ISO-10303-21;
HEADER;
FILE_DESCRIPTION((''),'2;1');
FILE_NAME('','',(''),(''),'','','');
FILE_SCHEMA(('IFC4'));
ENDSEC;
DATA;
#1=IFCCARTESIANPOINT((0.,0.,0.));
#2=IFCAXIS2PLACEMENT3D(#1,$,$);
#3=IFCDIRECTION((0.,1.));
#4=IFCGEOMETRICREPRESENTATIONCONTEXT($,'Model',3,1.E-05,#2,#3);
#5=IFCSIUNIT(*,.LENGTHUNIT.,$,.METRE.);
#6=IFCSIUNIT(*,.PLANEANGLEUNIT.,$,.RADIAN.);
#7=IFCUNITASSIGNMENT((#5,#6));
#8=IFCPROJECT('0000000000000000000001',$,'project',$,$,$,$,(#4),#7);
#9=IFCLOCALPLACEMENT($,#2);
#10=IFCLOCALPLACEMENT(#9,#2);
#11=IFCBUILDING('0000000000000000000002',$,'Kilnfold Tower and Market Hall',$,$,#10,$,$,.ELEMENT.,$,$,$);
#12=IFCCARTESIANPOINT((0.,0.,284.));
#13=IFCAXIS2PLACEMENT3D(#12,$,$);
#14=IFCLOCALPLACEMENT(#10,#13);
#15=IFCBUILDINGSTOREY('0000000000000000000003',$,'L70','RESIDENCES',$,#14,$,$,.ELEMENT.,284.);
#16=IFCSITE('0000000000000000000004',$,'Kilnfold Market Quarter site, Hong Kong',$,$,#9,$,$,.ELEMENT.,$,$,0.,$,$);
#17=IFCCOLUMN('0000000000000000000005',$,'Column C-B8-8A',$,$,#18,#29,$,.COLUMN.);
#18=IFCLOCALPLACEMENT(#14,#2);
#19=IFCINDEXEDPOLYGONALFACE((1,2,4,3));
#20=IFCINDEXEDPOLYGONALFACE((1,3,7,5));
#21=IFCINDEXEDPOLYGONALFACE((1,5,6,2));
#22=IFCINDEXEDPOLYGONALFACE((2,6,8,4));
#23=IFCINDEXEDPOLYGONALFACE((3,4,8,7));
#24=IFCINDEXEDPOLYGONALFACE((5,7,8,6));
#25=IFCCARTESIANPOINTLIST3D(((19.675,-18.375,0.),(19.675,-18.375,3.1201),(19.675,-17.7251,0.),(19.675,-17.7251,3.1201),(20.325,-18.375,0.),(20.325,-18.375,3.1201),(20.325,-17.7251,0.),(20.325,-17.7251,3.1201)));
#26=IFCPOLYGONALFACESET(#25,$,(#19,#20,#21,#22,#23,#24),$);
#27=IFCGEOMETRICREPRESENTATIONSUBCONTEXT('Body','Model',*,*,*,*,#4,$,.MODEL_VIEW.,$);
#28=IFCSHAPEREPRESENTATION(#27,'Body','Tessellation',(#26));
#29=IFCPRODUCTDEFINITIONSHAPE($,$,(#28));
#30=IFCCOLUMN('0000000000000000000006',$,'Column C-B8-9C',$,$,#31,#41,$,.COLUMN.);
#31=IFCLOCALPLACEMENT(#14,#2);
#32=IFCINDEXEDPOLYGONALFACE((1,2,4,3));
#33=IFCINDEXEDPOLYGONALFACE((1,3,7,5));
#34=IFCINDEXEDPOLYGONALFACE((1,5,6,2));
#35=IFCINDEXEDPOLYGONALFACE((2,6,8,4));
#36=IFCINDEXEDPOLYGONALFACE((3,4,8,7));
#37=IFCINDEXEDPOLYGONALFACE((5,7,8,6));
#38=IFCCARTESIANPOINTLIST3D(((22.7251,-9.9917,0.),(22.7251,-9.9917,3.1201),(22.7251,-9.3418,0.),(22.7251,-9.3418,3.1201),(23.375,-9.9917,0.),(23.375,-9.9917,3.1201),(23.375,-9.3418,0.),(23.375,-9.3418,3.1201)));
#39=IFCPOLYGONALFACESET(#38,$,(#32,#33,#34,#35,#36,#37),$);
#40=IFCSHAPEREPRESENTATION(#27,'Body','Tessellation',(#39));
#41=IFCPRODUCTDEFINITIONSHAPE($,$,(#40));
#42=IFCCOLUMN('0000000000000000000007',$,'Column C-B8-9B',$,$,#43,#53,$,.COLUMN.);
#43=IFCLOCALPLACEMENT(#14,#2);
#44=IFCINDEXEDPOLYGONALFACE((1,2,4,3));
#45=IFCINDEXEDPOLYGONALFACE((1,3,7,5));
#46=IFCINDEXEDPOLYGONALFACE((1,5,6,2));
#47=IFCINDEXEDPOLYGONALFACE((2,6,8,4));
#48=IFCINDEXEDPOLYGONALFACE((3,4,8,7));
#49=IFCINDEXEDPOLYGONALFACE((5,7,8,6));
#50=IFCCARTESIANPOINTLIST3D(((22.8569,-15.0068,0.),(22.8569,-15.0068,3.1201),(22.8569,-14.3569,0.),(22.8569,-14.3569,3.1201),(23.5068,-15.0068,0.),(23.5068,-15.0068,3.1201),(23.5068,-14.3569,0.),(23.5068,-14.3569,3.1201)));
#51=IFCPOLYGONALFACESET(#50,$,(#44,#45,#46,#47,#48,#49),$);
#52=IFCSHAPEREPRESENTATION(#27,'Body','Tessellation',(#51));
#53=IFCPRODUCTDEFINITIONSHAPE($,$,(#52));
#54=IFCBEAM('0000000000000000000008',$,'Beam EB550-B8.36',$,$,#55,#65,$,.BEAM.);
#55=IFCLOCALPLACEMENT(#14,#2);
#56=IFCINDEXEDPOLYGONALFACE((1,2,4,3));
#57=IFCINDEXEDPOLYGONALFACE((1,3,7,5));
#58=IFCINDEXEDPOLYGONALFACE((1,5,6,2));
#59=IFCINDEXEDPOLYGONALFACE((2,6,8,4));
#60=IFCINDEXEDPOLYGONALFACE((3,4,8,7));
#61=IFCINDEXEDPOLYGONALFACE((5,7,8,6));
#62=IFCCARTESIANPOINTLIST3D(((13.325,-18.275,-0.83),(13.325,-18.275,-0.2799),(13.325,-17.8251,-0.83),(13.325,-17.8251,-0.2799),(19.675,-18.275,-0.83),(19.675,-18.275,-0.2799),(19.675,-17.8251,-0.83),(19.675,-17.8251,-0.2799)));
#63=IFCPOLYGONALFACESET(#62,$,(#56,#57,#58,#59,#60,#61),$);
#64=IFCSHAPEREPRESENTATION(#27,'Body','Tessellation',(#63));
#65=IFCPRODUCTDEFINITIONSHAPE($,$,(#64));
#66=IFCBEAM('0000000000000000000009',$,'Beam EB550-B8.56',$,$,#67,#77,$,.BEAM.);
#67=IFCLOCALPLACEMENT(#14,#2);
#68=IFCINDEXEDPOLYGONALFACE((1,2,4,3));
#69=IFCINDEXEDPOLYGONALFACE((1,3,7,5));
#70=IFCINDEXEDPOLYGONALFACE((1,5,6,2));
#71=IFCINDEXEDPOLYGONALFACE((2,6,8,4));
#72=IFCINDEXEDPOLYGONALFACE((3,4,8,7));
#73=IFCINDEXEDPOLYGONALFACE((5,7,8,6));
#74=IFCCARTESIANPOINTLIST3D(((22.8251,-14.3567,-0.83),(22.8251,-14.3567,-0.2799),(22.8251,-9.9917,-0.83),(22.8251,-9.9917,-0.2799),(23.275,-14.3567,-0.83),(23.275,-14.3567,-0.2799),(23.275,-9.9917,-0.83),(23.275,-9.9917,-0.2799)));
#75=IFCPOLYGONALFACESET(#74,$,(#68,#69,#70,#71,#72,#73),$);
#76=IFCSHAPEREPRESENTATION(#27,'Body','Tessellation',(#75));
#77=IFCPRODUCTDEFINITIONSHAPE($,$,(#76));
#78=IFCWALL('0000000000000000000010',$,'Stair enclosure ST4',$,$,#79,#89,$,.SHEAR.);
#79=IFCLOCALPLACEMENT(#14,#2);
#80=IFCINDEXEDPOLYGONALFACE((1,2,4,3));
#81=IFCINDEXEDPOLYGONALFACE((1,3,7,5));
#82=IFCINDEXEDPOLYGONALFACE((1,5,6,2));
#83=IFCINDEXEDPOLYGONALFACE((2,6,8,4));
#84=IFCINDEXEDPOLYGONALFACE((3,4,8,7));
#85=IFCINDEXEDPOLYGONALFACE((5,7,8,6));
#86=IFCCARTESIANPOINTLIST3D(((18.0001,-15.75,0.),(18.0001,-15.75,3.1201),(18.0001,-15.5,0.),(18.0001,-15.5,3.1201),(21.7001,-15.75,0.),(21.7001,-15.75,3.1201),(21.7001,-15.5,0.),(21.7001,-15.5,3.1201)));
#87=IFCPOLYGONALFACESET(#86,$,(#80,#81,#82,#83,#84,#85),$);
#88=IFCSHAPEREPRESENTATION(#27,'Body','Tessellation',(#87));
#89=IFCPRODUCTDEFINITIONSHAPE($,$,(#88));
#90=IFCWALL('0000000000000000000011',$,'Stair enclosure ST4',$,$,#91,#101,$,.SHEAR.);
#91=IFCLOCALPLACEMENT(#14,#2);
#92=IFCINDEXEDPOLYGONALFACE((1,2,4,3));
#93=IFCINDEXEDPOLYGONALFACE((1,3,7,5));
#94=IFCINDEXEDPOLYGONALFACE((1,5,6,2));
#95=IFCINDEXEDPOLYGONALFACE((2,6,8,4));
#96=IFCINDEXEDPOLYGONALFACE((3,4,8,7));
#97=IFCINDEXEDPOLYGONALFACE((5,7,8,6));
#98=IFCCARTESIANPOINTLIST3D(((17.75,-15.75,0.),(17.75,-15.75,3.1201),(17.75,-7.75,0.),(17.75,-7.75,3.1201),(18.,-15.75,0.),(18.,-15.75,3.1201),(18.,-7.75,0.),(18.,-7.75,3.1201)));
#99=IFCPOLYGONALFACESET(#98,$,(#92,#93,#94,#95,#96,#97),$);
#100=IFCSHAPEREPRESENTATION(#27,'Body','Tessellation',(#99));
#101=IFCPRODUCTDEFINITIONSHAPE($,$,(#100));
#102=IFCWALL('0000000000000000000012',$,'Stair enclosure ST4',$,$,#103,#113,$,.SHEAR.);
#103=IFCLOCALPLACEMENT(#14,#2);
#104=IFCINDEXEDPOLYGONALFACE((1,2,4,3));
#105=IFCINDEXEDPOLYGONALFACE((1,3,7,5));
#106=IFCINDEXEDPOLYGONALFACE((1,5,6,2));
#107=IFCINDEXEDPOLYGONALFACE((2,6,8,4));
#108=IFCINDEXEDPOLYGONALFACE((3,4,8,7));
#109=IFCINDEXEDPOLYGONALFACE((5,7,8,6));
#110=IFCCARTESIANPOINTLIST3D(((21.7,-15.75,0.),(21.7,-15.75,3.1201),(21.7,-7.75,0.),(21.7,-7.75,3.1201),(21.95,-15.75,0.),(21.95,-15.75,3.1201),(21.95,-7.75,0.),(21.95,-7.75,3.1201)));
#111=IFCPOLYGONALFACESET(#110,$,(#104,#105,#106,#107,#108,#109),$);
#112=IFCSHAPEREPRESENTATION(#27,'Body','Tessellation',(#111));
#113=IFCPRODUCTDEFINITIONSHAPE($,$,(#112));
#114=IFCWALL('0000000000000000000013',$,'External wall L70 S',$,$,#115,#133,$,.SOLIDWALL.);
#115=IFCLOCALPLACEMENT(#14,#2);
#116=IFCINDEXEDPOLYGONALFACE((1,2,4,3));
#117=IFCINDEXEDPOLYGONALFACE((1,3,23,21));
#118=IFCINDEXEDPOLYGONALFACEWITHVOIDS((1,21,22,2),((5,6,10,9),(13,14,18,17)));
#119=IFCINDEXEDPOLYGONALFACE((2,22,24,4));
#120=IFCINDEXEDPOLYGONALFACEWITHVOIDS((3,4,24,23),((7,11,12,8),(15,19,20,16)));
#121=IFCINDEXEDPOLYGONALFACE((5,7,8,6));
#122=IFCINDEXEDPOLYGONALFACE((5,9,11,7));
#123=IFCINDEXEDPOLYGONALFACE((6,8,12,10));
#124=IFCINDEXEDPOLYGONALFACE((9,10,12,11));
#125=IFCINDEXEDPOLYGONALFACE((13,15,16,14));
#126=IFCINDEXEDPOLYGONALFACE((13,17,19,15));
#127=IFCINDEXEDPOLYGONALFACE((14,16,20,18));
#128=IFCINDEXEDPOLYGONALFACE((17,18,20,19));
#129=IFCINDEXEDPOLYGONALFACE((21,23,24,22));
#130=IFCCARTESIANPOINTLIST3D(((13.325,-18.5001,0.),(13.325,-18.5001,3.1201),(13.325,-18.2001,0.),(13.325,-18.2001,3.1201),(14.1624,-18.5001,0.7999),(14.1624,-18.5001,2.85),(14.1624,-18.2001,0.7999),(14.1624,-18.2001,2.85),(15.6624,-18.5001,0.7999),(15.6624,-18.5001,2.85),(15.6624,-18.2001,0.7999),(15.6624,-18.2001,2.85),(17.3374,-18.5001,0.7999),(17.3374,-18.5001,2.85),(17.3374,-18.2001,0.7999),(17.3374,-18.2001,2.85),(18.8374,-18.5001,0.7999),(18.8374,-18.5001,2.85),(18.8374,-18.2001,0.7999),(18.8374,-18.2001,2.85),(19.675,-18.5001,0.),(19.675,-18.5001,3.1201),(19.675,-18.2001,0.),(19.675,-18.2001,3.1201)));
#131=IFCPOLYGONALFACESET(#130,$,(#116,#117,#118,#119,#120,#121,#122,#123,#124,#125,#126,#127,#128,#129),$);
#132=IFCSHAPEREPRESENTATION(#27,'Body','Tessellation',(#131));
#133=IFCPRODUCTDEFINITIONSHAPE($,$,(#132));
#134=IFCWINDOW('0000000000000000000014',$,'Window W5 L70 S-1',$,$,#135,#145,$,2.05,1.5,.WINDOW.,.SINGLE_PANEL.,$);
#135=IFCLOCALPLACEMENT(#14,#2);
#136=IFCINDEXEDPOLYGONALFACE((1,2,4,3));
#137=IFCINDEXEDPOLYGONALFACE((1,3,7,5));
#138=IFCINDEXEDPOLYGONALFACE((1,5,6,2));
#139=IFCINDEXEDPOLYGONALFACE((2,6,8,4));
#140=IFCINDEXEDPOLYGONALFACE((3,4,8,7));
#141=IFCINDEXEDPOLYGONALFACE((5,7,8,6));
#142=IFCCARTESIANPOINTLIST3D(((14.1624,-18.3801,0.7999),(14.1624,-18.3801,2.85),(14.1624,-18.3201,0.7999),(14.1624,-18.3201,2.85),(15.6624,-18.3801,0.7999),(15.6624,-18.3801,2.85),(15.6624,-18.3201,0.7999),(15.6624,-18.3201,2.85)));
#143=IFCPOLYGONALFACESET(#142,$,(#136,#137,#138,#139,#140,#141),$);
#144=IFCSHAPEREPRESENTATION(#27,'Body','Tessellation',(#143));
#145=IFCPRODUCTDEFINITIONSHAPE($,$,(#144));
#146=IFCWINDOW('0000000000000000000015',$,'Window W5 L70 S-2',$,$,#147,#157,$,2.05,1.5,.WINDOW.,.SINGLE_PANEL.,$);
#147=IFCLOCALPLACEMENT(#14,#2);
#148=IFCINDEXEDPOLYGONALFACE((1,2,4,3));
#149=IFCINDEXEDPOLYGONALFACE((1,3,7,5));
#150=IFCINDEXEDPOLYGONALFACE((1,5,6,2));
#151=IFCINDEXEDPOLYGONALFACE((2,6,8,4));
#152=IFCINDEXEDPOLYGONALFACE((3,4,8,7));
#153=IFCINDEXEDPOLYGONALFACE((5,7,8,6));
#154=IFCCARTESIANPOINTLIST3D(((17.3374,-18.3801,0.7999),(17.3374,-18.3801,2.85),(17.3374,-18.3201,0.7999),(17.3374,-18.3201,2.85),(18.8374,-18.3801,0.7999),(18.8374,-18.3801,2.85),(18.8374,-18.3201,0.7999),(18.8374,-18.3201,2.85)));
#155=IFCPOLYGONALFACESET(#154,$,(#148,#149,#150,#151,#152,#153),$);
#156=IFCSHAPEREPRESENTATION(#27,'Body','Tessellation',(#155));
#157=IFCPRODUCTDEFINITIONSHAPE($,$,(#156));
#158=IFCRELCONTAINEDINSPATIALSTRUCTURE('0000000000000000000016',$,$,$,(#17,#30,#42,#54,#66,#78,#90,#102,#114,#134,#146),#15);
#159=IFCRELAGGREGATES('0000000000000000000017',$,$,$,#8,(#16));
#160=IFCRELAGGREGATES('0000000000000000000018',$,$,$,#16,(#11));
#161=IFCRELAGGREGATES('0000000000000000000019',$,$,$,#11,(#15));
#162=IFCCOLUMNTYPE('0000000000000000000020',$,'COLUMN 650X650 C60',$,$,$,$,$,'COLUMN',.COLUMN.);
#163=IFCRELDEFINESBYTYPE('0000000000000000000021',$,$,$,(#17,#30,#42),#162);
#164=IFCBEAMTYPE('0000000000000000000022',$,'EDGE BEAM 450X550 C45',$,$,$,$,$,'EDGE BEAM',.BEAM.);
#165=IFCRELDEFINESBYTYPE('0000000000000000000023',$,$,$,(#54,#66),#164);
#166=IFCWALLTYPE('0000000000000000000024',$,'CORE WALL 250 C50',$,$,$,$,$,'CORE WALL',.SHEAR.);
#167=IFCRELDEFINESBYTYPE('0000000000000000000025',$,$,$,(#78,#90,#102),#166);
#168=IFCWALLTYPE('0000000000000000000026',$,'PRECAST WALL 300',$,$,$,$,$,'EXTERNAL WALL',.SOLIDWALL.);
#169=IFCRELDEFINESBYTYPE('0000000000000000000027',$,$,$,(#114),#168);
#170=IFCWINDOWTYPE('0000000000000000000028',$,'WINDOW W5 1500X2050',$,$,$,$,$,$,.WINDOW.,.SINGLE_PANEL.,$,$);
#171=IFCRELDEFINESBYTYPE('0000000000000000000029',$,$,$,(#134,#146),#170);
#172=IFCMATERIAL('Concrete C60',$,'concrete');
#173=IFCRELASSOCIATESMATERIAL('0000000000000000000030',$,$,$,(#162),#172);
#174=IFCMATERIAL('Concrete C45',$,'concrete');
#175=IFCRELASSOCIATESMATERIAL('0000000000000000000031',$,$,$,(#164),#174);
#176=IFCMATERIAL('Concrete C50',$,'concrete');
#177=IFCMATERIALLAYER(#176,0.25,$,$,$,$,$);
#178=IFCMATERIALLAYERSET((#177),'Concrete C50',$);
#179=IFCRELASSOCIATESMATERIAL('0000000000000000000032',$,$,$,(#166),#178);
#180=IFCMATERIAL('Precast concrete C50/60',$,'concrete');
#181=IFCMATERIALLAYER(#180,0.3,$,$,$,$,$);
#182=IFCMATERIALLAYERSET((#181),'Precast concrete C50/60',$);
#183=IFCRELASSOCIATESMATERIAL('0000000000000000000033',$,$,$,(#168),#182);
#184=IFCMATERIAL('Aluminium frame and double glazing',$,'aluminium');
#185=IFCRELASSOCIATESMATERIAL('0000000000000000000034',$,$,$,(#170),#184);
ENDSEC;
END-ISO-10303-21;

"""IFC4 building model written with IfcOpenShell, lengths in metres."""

from ifc_helpers import new_model, si_unit, direction, frame, frame_2d, origin, origin_2d, place, context, subcontext, project, spatial, rectangle, extrude, source, transform, mapped, material, layer, layer_set, material_profile, profile_set, type_object, element, fill, save


model = new_model("IFC4")

# Units and contexts
model_context = context("Model", 3, precision=1e-05, world=origin(), true_north=direction((0.0, 1.0)))
body_context = subcontext(model_context, "Body", "Model", "MODEL_VIEW")
ifc_project = project(units=[si_unit("LENGTHUNIT", "METRE"), si_unit("PLANEANGLEUNIT", "RADIAN")], contexts=[model_context])

# Site, building, storey
site_placement = place(None, origin())
site = spatial("IfcSite", under=ifc_project, at=site_placement, Name="Kilnfold Market Quarter site, Hong Kong", CompositionType="ELEMENT", RefElevation=0.0)
building_placement = place(site_placement, origin())
building = spatial("IfcBuilding", under=site, at=building_placement, Name="Kilnfold Tower and Market Hall", CompositionType="ELEMENT")
storey_placement = place(building_placement, frame((0.0, 0.0, 284.0)))
storey = spatial("IfcBuildingStorey", under=building, at=storey_placement, Name="L70", Description="RESIDENCES", CompositionType="ELEMENT", Elevation=284.0)

# Columns
ifc_material_1 = material(Name="Concrete C60", Category="concrete")
ifc_material_profile_1 = material_profile(ifc_material_1, rectangle(XDim=0.6499, YDim=0.6499, at=origin_2d()), Name="RC 650x650")
ifc_profile_set_1 = profile_set([ifc_material_profile_1], Name="Concrete C60")
column_type = type_object("IfcColumnType", Name="COLUMN 650X650 C60", ElementType="COLUMN", PredefinedType="COLUMN", material=ifc_profile_set_1)
shared_shape_1 = source(origin(), body_context, "Body", "SweptSolid", [
    extrude(rectangle(XDim=0.6499, YDim=0.6499, at=origin_2d()), origin(), (0.0, 0.0, 1.0), 3.1201),
])
for number, where, z_axis, x_axis, name in (
    (1, (20.0, -18.05, 0.0), (0.0, 0.0, 1.0), (1.0, 0.0, 0.0), "Column C-B8-8A"),
    (2, (23.05, -9.6667, 0.0), (0.0, 0.0, 1.0), (1.0, 0.0, 0.0), "Column C-B8-9C"),
    (3, (23.1819, -14.6819, 0.0), (0.0, 0.0, 1.0), (1.0, 0.0, 0.0), "Column C-B8-9B"),
):
    element("IfcColumn", number, at=place(storey_placement, frame(where, z_axis=z_axis, x_axis=x_axis)), inside=storey, type_object=column_type, Name=name, PredefinedType="COLUMN", context=body_context, shape_type="MappedRepresentation", body=[
        mapped(shared_shape_1, transform((0.0, 0.0, 0.0))),
    ])

# Beams
ifc_material_2 = material(Name="Concrete C45", Category="concrete")
ifc_material_profile_2 = material_profile(ifc_material_2, rectangle(XDim=0.45, YDim=0.55, at=origin_2d()), Name="RC 450x550")
ifc_profile_set_2 = profile_set([ifc_material_profile_2], Name="Concrete C45")
beam_type = type_object("IfcBeamType", Name="EDGE BEAM 450X550 C45", ElementType="EDGE BEAM", PredefinedType="BEAM", material=ifc_profile_set_2)
shared_shape_2 = source(origin(), body_context, "Body", "SweptSolid", [
    extrude(rectangle(XDim=0.45, YDim=0.55, at=origin_2d()), origin(), (0.0, 0.0, 1.0), 6.3501),
])
beam_1_placement = place(storey_placement, frame((13.325, -18.05, -0.5549), z_axis=(1.0, 0.0, 0.0), x_axis=(0.0, 1.0, 0.0)))
element("IfcBeam", 4, at=beam_1_placement, inside=storey, type_object=beam_type, Name="Beam EB550-B8.36", PredefinedType="BEAM", context=body_context, shape_type="MappedRepresentation", body=[
    mapped(shared_shape_2, transform((0.0, 0.0, 0.0))),
])
shared_shape_3 = source(origin(), body_context, "Body", "SweptSolid", [
    extrude(rectangle(XDim=0.45, YDim=0.55, at=origin_2d()), origin(), (0.0, 0.0, 1.0), 4.365),
])
beam_2_placement = place(storey_placement, frame((23.05, -14.3567, -0.5549), z_axis=(0.0, 1.0, 0.0), x_axis=(-1.0, 0.0, 0.0)))
element("IfcBeam", 5, at=beam_2_placement, inside=storey, type_object=beam_type, Name="Beam EB550-B8.56", PredefinedType="BEAM", context=body_context, shape_type="MappedRepresentation", body=[
    mapped(shared_shape_3, transform((0.0, 0.0, 0.0))),
])

# Walls
ifc_material_3 = material(Name="Concrete C50", Category="concrete")
ifc_layer_1 = layer(ifc_material_3, 0.25)
ifc_layer_set_1 = layer_set([ifc_layer_1], Name="Concrete C50")
wall_type_1 = type_object("IfcWallType", Name="CORE WALL 250 C50", ElementType="CORE WALL", PredefinedType="SHEAR", material=ifc_layer_set_1)
shared_shape_4 = source(origin(), body_context, "Body", "SweptSolid", [
    extrude(rectangle(XDim=3.7, YDim=0.25, at=frame_2d((1.8501, 0.0))), origin(), (0.0, 0.0, 1.0), 3.1201),
])
wall_1_placement = place(storey_placement, frame((18.0, -15.625, 0.0), z_axis=(0.0, 0.0, 1.0), x_axis=(1.0, 0.0, 0.0)))
element("IfcWall", 6, at=wall_1_placement, inside=storey, type_object=wall_type_1, Name="Stair enclosure ST4", PredefinedType="SHEAR", context=body_context, shape_type="MappedRepresentation", body=[
    mapped(shared_shape_4, transform((0.0, 0.0, 0.0))),
])
shared_shape_5 = source(origin(), body_context, "Body", "SweptSolid", [
    extrude(rectangle(XDim=8.0, YDim=0.25, at=frame_2d((4.0, 0.0))), origin(), (0.0, 0.0, 1.0), 3.1201),
])
for number, where, z_axis, x_axis, name in (
    (7, (17.875, -15.75, 0.0), (0.0, 0.0, 1.0), (0.0, 1.0, 0.0), "Stair enclosure ST4"),
    (8, (21.825, -15.75, 0.0), (0.0, 0.0, 1.0), (0.0, 1.0, 0.0), "Stair enclosure ST4"),
):
    element("IfcWall", number, at=place(storey_placement, frame(where, z_axis=z_axis, x_axis=x_axis)), inside=storey, type_object=wall_type_1, Name=name, PredefinedType="SHEAR", context=body_context, shape_type="MappedRepresentation", body=[
        mapped(shared_shape_5, transform((0.0, 0.0, 0.0))),
    ])

# Wall, openings, windows
ifc_material_4 = material(Name="Precast concrete C50/60", Category="concrete")
ifc_layer_2 = layer(ifc_material_4, 0.3)
ifc_layer_set_2 = layer_set([ifc_layer_2], Name="Precast concrete C50/60")
wall_type_2 = type_object("IfcWallType", Name="PRECAST WALL 300", ElementType="EXTERNAL WALL", PredefinedType="SOLIDWALL", material=ifc_layer_set_2)
shared_shape_6 = source(origin(), body_context, "Body", "SweptSolid", [
    extrude(rectangle(XDim=6.3501, YDim=0.3, at=frame_2d((3.175, 0.0))), origin(), (0.0, 0.0, 1.0), 3.1201),
])
wall_2_placement = place(storey_placement, frame((13.325, -18.3501, 0.0), z_axis=(0.0, 0.0, 1.0), x_axis=(1.0, 0.0, 0.0)))
wall_2 = element("IfcWall", 9, at=wall_2_placement, inside=storey, type_object=wall_type_2, Name="External wall L70 S", PredefinedType="SOLIDWALL", context=body_context, shape_type="MappedRepresentation", body=[
    mapped(shared_shape_6, transform((0.0, 0.0, 0.0))),
])
opening_1_placement = place(wall_2_placement, frame((0.8374, 0.0, 0.8)))
opening_1 = element("IfcOpeningElement", 10, at=opening_1_placement, cuts=wall_2, PredefinedType="OPENING", context=body_context, shape_type="SweptSolid", body=[
    extrude(rectangle(XDim=1.5, YDim=2.05, at=frame_2d((0.75, 1.0249))), frame((0.0, 0.1602, 0.0), z_axis=(0.0, -1.0, 0.0), x_axis=(1.0, 0.0, 0.0)), (0.0, 0.0, 1.0), 0.3201),
])
opening_2_placement = place(wall_2_placement, frame((4.0125, 0.0, 0.8)))
opening_2 = element("IfcOpeningElement", 11, at=opening_2_placement, cuts=wall_2, PredefinedType="OPENING", context=body_context, shape_type="SweptSolid", body=[
    extrude(rectangle(XDim=1.5, YDim=2.05, at=frame_2d((0.75, 1.0249))), frame((0.0, 0.1602, 0.0), z_axis=(0.0, -1.0, 0.0), x_axis=(1.0, 0.0, 0.0)), (0.0, 0.0, 1.0), 0.3201),
])
ifc_material_5 = material(Name="Aluminium frame and double glazing", Category="aluminium")
window_type = type_object("IfcWindowType", Name="WINDOW W5 1500X2050", PartitioningType="SINGLE_PANEL", PredefinedType="WINDOW", material=ifc_material_5)
window_1_placement = place(opening_1_placement, origin())
window_1 = element("IfcWindow", 12, at=window_1_placement, inside=storey, type_object=window_type, Name="Window W5 L70 S-1", OverallHeight=2.05, OverallWidth=1.5, PartitioningType="SINGLE_PANEL", PredefinedType="WINDOW", context=body_context, shape_type="SweptSolid", body=[
    extrude(rectangle(XDim=1.5, YDim=2.05, at=frame_2d((0.75, 1.0249))), frame((0.0, 0.03, 0.0), z_axis=(0.0, -1.0, 0.0), x_axis=(1.0, 0.0, 0.0)), (0.0, 0.0, 1.0), 0.0601),
])
fill(opening_1, window_1)
window_2_placement = place(opening_2_placement, origin())
window_2 = element("IfcWindow", 13, at=window_2_placement, inside=storey, type_object=window_type, Name="Window W5 L70 S-2", OverallHeight=2.05, OverallWidth=1.5, PartitioningType="SINGLE_PANEL", PredefinedType="WINDOW", context=body_context, shape_type="SweptSolid", body=[
    extrude(rectangle(XDim=1.5, YDim=2.05, at=frame_2d((0.75, 1.0249))), frame((0.0, 0.03, 0.0), z_axis=(0.0, -1.0, 0.0), x_axis=(1.0, 0.0, 0.0)), (0.0, 0.0, 1.0), 0.0601),
])
fill(opening_2, window_2)

save(model, "model.ifc")
